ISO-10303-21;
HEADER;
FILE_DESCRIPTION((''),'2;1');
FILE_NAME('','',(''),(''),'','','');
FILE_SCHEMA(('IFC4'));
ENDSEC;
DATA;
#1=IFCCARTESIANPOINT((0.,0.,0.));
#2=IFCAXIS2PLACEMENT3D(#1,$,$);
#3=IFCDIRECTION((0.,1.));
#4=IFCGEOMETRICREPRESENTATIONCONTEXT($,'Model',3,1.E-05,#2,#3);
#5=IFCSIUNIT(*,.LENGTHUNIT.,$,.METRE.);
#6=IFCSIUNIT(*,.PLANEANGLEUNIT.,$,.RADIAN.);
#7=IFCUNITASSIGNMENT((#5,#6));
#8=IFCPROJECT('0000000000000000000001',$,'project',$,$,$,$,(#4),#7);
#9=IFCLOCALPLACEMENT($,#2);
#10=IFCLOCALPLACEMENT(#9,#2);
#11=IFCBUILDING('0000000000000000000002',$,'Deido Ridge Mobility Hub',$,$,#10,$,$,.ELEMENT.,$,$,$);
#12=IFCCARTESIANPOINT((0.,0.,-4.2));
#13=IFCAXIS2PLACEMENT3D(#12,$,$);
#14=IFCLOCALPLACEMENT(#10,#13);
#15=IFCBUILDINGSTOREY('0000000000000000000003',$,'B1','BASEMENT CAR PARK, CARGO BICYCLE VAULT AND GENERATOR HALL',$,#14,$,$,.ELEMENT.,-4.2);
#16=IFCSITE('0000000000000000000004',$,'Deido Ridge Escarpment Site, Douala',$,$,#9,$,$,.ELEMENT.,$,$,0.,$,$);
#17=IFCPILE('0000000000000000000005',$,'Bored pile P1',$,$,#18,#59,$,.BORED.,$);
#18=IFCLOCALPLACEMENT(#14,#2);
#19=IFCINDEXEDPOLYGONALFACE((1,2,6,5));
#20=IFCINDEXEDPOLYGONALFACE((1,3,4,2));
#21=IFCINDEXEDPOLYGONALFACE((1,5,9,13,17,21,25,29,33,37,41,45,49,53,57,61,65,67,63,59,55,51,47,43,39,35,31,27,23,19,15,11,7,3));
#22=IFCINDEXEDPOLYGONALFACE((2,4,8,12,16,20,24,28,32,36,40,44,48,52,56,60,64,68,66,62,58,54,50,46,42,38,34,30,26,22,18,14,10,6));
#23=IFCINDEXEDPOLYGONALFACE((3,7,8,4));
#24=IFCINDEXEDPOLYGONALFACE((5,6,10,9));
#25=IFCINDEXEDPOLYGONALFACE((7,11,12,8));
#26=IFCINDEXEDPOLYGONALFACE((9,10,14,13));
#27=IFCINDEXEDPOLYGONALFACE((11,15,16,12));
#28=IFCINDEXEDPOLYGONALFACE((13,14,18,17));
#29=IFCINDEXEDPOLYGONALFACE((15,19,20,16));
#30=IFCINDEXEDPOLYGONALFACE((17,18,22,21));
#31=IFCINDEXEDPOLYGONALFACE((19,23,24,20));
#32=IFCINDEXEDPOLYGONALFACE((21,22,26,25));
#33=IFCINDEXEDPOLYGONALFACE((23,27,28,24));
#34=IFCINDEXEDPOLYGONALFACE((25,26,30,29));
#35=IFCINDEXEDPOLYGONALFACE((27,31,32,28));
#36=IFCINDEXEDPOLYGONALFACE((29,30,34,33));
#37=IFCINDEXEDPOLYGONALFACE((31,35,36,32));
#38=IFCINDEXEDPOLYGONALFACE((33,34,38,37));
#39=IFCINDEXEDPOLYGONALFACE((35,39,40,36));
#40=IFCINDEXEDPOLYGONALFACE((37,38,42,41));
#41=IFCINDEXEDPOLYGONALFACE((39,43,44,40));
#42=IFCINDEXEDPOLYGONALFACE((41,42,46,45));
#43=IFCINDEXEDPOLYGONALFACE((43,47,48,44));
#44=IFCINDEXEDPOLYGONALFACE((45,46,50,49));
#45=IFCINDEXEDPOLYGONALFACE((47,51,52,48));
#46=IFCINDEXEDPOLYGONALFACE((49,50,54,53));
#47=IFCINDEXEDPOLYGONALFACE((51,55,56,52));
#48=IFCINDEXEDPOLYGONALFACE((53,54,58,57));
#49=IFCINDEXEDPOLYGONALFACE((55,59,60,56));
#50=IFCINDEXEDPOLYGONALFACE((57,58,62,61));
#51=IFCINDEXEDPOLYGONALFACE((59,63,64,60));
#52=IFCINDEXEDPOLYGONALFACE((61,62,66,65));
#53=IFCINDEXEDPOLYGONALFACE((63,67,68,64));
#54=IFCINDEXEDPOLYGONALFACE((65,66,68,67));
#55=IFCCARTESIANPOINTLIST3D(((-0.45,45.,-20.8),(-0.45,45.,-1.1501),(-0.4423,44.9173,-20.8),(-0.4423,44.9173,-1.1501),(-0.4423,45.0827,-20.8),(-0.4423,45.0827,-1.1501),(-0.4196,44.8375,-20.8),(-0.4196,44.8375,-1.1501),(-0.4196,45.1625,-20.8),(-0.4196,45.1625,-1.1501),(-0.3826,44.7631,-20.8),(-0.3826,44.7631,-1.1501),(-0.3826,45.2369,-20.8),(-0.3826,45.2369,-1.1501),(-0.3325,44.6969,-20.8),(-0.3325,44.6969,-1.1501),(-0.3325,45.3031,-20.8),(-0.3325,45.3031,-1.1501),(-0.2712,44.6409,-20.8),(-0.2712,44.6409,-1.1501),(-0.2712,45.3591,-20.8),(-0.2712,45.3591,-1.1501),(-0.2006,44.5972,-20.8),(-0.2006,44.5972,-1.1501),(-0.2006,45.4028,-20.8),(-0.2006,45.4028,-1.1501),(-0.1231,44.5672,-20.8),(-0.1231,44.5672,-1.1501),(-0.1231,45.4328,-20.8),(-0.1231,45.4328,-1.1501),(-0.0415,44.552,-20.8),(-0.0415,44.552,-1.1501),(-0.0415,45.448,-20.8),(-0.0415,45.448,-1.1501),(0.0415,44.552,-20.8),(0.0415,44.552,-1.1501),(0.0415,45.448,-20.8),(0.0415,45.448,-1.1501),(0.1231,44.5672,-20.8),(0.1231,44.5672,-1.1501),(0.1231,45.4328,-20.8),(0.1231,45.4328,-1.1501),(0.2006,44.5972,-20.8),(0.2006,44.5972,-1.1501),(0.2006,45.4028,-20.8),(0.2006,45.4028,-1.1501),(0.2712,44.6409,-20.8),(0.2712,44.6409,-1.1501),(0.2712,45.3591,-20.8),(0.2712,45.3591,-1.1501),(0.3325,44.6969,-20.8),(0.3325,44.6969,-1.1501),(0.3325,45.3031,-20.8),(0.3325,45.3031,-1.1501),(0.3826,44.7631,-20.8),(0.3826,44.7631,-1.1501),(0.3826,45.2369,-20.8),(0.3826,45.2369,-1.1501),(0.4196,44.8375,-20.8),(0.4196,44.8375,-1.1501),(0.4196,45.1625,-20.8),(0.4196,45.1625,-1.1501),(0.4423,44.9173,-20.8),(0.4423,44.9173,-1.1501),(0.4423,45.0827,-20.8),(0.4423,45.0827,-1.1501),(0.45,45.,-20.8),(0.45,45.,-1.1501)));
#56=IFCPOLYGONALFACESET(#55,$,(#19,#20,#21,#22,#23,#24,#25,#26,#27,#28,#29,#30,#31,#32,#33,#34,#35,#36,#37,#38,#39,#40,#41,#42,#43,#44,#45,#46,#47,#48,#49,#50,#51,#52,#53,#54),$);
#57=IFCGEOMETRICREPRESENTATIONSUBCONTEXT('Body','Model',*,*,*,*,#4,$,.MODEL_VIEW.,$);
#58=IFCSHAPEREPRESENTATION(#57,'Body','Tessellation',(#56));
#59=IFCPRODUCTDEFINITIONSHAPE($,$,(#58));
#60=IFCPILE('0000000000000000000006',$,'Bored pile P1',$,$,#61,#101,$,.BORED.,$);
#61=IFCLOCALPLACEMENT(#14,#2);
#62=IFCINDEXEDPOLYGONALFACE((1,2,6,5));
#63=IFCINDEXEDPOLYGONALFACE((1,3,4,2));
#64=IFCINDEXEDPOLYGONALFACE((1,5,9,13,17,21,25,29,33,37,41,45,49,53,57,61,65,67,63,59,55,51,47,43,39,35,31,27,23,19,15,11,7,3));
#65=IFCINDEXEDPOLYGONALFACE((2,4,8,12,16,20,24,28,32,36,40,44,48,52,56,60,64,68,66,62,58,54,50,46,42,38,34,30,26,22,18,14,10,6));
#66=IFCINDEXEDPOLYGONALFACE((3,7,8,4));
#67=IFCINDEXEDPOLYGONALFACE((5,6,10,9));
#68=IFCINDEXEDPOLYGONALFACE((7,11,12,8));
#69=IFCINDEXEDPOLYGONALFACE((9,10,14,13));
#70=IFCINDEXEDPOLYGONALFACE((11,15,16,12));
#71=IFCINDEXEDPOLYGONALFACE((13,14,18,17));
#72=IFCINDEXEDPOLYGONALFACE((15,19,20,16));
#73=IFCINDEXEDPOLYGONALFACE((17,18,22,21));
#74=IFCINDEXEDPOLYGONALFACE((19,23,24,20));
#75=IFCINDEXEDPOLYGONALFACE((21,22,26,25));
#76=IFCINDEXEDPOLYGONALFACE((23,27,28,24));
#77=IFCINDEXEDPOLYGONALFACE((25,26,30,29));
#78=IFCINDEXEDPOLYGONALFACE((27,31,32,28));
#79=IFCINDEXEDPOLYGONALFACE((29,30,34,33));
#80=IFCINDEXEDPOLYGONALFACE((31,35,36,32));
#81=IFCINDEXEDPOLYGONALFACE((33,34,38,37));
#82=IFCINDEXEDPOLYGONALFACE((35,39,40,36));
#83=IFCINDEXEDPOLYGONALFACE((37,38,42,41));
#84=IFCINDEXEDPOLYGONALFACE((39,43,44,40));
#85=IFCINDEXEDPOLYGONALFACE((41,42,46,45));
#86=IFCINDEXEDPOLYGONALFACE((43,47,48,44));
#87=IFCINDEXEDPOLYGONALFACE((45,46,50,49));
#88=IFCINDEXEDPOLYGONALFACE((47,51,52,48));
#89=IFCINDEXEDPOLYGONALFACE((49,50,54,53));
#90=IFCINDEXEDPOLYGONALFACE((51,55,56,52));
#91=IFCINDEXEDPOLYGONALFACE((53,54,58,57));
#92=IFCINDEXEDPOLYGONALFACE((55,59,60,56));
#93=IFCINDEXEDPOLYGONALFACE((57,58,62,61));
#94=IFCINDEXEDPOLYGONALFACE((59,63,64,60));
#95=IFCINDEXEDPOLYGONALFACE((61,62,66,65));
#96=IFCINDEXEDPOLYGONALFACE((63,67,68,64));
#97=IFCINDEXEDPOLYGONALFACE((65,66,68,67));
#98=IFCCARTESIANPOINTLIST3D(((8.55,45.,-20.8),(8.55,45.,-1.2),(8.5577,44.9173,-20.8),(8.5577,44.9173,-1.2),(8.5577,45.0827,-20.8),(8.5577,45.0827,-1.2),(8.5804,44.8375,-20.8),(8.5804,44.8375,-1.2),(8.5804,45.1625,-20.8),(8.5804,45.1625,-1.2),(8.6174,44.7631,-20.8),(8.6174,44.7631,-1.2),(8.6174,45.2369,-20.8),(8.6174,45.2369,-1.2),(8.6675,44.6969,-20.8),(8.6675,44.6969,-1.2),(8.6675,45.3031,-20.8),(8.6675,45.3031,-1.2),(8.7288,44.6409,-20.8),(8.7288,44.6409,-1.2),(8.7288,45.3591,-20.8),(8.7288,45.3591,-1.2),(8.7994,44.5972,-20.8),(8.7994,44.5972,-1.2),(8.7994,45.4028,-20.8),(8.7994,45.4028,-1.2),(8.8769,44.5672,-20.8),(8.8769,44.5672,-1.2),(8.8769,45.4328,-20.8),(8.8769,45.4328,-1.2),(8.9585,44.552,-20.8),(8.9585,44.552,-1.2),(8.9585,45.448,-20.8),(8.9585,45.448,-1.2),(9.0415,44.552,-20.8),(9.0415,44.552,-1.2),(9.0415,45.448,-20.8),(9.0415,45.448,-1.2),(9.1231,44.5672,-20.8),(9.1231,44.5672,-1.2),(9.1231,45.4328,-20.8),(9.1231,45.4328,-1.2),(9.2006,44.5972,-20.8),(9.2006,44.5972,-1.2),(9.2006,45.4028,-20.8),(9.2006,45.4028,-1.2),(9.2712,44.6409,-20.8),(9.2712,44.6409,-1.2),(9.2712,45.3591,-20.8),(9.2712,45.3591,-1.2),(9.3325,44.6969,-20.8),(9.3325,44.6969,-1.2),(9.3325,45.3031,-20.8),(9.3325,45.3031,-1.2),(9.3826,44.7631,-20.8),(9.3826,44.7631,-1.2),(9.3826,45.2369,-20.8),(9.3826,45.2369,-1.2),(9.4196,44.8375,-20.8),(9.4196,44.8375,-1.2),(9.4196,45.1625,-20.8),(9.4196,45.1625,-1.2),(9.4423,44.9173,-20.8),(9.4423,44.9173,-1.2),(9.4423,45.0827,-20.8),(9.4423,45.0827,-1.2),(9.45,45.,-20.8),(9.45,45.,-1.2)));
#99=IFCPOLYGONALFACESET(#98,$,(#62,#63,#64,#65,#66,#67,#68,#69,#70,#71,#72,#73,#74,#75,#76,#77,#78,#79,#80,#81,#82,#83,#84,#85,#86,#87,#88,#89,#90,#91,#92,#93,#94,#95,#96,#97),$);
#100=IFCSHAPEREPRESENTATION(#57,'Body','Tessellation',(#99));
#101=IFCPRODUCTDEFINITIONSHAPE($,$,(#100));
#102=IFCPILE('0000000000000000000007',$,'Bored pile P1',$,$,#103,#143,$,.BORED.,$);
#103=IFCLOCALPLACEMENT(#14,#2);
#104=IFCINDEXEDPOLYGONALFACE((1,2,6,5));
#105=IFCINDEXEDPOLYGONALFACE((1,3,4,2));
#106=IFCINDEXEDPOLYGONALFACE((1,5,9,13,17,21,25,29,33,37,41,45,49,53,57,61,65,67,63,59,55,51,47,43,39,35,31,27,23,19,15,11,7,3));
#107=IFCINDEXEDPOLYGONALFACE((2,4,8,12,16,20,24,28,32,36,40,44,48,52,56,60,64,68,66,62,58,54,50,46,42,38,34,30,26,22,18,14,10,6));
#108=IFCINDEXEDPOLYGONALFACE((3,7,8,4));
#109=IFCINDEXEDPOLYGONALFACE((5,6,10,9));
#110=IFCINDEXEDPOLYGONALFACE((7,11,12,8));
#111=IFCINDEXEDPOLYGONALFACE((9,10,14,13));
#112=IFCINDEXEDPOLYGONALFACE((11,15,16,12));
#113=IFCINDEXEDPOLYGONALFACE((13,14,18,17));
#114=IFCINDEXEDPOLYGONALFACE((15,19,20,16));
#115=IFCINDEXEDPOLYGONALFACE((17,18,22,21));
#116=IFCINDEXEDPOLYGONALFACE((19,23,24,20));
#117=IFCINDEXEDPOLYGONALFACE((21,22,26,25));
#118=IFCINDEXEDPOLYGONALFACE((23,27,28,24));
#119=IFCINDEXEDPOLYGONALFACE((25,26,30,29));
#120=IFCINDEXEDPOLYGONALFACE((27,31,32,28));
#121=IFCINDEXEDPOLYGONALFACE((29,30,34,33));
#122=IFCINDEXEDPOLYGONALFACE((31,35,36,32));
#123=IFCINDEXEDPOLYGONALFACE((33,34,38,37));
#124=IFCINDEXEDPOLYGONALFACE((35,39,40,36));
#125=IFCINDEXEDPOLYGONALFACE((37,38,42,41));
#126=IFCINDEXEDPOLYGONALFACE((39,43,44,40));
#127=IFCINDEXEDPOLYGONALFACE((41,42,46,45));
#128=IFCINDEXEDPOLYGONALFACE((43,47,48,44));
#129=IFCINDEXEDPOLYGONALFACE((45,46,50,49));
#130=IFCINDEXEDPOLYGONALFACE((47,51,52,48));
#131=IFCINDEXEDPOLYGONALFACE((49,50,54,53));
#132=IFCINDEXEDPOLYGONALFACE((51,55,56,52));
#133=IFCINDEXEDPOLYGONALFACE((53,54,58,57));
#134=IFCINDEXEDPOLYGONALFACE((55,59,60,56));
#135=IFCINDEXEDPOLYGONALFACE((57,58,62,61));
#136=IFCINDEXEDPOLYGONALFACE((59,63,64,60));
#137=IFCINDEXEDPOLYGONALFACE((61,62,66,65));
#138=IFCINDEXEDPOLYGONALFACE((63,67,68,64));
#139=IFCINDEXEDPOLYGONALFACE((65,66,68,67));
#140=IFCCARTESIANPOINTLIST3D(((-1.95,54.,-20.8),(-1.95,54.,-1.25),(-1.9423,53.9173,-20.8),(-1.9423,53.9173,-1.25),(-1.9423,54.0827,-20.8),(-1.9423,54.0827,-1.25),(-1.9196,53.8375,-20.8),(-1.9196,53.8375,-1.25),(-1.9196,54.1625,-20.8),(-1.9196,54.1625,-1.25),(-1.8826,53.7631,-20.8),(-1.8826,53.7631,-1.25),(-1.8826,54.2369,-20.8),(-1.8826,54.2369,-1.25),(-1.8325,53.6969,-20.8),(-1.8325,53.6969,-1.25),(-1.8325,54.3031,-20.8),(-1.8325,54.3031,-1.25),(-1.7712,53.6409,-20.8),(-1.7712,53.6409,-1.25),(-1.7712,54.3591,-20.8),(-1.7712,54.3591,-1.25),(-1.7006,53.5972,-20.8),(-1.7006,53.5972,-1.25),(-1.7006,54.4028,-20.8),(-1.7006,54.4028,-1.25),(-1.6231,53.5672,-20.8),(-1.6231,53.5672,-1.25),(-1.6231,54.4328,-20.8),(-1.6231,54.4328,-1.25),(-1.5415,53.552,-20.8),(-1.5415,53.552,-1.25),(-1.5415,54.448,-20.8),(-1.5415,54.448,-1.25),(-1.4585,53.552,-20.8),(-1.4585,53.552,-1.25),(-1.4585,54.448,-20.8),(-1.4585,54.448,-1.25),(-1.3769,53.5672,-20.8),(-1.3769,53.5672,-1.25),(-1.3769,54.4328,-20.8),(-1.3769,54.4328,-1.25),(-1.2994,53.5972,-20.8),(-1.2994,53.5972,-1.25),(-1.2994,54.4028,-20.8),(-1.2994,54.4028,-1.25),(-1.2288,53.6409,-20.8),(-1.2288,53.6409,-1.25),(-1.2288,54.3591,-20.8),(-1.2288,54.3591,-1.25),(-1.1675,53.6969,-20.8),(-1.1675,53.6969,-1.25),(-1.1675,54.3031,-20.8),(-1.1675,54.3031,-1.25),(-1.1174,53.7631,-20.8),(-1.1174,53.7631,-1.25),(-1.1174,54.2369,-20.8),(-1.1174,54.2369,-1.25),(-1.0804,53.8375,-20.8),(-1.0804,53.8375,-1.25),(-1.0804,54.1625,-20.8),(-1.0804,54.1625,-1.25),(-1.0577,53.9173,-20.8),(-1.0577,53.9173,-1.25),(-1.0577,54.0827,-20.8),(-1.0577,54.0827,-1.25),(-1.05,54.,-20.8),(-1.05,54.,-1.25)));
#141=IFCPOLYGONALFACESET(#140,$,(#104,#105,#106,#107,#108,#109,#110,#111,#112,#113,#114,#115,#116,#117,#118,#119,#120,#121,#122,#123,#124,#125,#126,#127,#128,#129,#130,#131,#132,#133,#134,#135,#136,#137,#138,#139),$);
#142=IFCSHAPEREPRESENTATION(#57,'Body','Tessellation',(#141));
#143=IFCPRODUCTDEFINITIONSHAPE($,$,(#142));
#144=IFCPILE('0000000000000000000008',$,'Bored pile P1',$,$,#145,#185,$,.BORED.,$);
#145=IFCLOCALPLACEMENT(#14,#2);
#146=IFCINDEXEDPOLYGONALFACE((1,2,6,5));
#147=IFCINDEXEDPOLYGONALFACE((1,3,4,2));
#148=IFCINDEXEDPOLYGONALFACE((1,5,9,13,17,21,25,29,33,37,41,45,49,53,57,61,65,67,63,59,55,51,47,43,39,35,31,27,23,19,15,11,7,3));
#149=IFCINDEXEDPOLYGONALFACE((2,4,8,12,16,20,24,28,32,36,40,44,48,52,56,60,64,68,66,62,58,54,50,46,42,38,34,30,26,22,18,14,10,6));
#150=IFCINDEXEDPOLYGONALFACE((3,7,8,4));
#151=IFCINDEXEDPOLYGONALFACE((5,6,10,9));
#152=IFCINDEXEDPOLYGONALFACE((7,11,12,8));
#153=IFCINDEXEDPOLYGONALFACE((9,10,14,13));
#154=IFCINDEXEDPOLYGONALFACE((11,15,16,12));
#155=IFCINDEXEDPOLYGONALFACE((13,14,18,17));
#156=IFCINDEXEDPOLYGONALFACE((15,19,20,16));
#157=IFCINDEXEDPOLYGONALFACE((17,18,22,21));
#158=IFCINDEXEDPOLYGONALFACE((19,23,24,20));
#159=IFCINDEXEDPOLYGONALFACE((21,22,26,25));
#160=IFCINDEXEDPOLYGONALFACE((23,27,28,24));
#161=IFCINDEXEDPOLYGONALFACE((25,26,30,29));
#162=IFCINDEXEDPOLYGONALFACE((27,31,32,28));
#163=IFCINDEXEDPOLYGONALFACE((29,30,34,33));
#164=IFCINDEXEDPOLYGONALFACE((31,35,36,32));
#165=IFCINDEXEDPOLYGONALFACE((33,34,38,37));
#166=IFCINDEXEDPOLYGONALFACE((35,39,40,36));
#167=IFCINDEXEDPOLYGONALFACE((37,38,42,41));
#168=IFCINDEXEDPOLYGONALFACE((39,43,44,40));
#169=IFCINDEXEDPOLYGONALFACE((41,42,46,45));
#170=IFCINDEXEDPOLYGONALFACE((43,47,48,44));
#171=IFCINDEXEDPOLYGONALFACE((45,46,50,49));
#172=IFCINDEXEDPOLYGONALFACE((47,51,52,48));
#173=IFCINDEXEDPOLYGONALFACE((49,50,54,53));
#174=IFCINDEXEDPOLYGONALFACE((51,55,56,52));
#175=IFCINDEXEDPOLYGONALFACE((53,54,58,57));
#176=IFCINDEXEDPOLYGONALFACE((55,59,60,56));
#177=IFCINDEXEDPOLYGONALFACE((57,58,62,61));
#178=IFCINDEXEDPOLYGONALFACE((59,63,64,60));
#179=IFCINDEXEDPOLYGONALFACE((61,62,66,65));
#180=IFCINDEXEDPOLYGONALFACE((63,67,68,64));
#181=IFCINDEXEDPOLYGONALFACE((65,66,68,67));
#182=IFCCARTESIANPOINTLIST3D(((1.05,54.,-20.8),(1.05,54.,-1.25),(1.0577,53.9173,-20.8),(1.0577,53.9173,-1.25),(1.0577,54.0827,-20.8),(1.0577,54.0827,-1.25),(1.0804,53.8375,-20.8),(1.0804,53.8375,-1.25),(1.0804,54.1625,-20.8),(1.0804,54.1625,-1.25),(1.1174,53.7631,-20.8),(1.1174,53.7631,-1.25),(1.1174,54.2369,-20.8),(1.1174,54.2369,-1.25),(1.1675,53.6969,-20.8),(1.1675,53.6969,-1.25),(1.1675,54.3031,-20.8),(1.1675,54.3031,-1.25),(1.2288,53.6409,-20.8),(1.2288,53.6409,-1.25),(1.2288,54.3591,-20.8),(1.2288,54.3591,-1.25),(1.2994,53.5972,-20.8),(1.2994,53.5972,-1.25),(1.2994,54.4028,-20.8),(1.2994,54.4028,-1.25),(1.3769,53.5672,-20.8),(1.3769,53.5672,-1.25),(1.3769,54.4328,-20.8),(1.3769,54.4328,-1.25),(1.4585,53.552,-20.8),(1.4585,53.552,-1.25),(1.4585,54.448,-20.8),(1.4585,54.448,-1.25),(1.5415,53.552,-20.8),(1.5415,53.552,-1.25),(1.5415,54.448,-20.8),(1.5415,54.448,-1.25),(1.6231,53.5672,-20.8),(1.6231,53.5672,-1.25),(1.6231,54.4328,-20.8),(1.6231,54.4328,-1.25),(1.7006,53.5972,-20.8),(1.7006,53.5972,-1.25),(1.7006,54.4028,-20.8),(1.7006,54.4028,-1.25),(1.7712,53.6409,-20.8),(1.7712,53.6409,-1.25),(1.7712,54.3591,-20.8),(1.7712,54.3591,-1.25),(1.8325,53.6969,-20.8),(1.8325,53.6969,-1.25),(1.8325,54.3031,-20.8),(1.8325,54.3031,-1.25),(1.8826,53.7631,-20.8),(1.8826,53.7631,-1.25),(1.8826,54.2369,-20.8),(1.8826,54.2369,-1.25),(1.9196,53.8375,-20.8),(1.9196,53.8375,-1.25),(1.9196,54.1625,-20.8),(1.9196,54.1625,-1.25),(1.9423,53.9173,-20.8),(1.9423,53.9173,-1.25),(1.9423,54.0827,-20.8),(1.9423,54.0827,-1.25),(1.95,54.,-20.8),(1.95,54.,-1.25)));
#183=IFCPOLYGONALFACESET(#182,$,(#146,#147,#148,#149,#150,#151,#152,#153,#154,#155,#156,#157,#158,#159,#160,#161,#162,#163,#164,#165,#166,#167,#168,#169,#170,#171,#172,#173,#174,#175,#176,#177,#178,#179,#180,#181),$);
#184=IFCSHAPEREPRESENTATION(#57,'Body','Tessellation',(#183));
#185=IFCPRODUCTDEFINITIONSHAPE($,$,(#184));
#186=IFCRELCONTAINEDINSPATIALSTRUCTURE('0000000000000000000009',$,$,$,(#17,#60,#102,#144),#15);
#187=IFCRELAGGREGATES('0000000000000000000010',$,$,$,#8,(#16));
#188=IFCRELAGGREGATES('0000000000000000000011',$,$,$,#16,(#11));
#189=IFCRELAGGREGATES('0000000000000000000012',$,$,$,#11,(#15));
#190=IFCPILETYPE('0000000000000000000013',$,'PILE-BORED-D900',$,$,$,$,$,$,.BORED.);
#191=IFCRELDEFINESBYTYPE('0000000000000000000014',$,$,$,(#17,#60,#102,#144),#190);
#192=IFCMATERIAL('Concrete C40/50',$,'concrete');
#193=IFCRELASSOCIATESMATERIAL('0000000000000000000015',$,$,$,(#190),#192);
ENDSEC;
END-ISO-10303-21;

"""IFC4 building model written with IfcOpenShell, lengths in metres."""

from ifc_helpers import new_model, si_unit, direction, frame, origin, origin_2d, place, context, subcontext, project, spatial, circle, extrude, material, material_profile, profile_set, type_object, element, save


model = new_model("IFC4")

# Units and contexts
model_context = context("Model", 3, precision=1e-05, world=origin(), true_north=direction((0.0, 1.0)))
body_context = subcontext(model_context, "Body", "Model", "MODEL_VIEW")
ifc_project = project(units=[si_unit("LENGTHUNIT", "METRE"), si_unit("PLANEANGLEUNIT", "RADIAN")], contexts=[model_context])

# Site, building, storey
site_placement = place(None, origin())
site = spatial("IfcSite", under=ifc_project, at=site_placement, Name="Deido Ridge Escarpment Site, Douala", CompositionType="ELEMENT", RefElevation=0.0)
building_placement = place(site_placement, origin())
building = spatial("IfcBuilding", under=site, at=building_placement, Name="Deido Ridge Mobility Hub", CompositionType="ELEMENT")
storey_placement = place(building_placement, frame((0.0, 0.0, -4.2)))
storey = spatial("IfcBuildingStorey", under=building, at=storey_placement, Name="B1", Description="BASEMENT CAR PARK, CARGO BICYCLE VAULT AND GENERATOR HALL", CompositionType="ELEMENT", Elevation=-4.2)

# Shared definitions
ifc_material_1 = material(Name="Concrete C40/50", Category="concrete")

# Piles
ifc_material_profile_1 = material_profile(ifc_material_1, circle(Radius=0.45, at=origin_2d()), Name="BORED PILE D900")
ifc_profile_set_1 = profile_set([ifc_material_profile_1], Name="Concrete C40/50")
pile_type_1 = type_object("IfcPileType", Name="PILE-BORED-D900", PredefinedType="BORED", material=ifc_profile_set_1)
pile_1_placement = place(storey_placement, frame((0.0, 45.0, -1.1501), z_axis=(0.0, 0.0, -1.0), x_axis=(1.0, 0.0, 0.0)))
element("IfcPile", 1, at=pile_1_placement, inside=storey, type_object=pile_type_1, Name="Bored pile P1", PredefinedType="BORED", context=body_context, shape_type="SweptSolid", body=[
    extrude(circle(Radius=0.45, at=origin_2d()), origin(), (0.0, 0.0, 1.0), 19.6499),
])
pile_2_placement = place(storey_placement, frame((9.0, 45.0, -1.2), z_axis=(0.0, 0.0, -1.0), x_axis=(1.0, 0.0, 0.0)))
element("IfcPile", 2, at=pile_2_placement, inside=storey, type_object=pile_type_1, Name="Bored pile P1", PredefinedType="BORED", context=body_context, shape_type="SweptSolid", body=[
    extrude(circle(Radius=0.45, at=origin_2d()), origin(), (0.0, 0.0, 1.0), 19.6001),
])
for number, where, z_axis, x_axis, name in (
    (3, (-1.5, 54.0, -1.25), (0.0, 0.0, -1.0), (1.0, 0.0, 0.0), "Bored pile P1"),
    (4, (1.5, 54.0, -1.25), (0.0, 0.0, -1.0), (1.0, 0.0, 0.0), "Bored pile P1"),
):
    element("IfcPile", number, at=place(storey_placement, frame(where, z_axis=z_axis, x_axis=x_axis)), inside=storey, type_object=pile_type_1, Name=name, PredefinedType="BORED", context=body_context, shape_type="SweptSolid", body=[
        extrude(circle(Radius=0.45, at=origin_2d()), origin(), (0.0, 0.0, 1.0), 19.55),
    ])

save(model, "model.ifc")
